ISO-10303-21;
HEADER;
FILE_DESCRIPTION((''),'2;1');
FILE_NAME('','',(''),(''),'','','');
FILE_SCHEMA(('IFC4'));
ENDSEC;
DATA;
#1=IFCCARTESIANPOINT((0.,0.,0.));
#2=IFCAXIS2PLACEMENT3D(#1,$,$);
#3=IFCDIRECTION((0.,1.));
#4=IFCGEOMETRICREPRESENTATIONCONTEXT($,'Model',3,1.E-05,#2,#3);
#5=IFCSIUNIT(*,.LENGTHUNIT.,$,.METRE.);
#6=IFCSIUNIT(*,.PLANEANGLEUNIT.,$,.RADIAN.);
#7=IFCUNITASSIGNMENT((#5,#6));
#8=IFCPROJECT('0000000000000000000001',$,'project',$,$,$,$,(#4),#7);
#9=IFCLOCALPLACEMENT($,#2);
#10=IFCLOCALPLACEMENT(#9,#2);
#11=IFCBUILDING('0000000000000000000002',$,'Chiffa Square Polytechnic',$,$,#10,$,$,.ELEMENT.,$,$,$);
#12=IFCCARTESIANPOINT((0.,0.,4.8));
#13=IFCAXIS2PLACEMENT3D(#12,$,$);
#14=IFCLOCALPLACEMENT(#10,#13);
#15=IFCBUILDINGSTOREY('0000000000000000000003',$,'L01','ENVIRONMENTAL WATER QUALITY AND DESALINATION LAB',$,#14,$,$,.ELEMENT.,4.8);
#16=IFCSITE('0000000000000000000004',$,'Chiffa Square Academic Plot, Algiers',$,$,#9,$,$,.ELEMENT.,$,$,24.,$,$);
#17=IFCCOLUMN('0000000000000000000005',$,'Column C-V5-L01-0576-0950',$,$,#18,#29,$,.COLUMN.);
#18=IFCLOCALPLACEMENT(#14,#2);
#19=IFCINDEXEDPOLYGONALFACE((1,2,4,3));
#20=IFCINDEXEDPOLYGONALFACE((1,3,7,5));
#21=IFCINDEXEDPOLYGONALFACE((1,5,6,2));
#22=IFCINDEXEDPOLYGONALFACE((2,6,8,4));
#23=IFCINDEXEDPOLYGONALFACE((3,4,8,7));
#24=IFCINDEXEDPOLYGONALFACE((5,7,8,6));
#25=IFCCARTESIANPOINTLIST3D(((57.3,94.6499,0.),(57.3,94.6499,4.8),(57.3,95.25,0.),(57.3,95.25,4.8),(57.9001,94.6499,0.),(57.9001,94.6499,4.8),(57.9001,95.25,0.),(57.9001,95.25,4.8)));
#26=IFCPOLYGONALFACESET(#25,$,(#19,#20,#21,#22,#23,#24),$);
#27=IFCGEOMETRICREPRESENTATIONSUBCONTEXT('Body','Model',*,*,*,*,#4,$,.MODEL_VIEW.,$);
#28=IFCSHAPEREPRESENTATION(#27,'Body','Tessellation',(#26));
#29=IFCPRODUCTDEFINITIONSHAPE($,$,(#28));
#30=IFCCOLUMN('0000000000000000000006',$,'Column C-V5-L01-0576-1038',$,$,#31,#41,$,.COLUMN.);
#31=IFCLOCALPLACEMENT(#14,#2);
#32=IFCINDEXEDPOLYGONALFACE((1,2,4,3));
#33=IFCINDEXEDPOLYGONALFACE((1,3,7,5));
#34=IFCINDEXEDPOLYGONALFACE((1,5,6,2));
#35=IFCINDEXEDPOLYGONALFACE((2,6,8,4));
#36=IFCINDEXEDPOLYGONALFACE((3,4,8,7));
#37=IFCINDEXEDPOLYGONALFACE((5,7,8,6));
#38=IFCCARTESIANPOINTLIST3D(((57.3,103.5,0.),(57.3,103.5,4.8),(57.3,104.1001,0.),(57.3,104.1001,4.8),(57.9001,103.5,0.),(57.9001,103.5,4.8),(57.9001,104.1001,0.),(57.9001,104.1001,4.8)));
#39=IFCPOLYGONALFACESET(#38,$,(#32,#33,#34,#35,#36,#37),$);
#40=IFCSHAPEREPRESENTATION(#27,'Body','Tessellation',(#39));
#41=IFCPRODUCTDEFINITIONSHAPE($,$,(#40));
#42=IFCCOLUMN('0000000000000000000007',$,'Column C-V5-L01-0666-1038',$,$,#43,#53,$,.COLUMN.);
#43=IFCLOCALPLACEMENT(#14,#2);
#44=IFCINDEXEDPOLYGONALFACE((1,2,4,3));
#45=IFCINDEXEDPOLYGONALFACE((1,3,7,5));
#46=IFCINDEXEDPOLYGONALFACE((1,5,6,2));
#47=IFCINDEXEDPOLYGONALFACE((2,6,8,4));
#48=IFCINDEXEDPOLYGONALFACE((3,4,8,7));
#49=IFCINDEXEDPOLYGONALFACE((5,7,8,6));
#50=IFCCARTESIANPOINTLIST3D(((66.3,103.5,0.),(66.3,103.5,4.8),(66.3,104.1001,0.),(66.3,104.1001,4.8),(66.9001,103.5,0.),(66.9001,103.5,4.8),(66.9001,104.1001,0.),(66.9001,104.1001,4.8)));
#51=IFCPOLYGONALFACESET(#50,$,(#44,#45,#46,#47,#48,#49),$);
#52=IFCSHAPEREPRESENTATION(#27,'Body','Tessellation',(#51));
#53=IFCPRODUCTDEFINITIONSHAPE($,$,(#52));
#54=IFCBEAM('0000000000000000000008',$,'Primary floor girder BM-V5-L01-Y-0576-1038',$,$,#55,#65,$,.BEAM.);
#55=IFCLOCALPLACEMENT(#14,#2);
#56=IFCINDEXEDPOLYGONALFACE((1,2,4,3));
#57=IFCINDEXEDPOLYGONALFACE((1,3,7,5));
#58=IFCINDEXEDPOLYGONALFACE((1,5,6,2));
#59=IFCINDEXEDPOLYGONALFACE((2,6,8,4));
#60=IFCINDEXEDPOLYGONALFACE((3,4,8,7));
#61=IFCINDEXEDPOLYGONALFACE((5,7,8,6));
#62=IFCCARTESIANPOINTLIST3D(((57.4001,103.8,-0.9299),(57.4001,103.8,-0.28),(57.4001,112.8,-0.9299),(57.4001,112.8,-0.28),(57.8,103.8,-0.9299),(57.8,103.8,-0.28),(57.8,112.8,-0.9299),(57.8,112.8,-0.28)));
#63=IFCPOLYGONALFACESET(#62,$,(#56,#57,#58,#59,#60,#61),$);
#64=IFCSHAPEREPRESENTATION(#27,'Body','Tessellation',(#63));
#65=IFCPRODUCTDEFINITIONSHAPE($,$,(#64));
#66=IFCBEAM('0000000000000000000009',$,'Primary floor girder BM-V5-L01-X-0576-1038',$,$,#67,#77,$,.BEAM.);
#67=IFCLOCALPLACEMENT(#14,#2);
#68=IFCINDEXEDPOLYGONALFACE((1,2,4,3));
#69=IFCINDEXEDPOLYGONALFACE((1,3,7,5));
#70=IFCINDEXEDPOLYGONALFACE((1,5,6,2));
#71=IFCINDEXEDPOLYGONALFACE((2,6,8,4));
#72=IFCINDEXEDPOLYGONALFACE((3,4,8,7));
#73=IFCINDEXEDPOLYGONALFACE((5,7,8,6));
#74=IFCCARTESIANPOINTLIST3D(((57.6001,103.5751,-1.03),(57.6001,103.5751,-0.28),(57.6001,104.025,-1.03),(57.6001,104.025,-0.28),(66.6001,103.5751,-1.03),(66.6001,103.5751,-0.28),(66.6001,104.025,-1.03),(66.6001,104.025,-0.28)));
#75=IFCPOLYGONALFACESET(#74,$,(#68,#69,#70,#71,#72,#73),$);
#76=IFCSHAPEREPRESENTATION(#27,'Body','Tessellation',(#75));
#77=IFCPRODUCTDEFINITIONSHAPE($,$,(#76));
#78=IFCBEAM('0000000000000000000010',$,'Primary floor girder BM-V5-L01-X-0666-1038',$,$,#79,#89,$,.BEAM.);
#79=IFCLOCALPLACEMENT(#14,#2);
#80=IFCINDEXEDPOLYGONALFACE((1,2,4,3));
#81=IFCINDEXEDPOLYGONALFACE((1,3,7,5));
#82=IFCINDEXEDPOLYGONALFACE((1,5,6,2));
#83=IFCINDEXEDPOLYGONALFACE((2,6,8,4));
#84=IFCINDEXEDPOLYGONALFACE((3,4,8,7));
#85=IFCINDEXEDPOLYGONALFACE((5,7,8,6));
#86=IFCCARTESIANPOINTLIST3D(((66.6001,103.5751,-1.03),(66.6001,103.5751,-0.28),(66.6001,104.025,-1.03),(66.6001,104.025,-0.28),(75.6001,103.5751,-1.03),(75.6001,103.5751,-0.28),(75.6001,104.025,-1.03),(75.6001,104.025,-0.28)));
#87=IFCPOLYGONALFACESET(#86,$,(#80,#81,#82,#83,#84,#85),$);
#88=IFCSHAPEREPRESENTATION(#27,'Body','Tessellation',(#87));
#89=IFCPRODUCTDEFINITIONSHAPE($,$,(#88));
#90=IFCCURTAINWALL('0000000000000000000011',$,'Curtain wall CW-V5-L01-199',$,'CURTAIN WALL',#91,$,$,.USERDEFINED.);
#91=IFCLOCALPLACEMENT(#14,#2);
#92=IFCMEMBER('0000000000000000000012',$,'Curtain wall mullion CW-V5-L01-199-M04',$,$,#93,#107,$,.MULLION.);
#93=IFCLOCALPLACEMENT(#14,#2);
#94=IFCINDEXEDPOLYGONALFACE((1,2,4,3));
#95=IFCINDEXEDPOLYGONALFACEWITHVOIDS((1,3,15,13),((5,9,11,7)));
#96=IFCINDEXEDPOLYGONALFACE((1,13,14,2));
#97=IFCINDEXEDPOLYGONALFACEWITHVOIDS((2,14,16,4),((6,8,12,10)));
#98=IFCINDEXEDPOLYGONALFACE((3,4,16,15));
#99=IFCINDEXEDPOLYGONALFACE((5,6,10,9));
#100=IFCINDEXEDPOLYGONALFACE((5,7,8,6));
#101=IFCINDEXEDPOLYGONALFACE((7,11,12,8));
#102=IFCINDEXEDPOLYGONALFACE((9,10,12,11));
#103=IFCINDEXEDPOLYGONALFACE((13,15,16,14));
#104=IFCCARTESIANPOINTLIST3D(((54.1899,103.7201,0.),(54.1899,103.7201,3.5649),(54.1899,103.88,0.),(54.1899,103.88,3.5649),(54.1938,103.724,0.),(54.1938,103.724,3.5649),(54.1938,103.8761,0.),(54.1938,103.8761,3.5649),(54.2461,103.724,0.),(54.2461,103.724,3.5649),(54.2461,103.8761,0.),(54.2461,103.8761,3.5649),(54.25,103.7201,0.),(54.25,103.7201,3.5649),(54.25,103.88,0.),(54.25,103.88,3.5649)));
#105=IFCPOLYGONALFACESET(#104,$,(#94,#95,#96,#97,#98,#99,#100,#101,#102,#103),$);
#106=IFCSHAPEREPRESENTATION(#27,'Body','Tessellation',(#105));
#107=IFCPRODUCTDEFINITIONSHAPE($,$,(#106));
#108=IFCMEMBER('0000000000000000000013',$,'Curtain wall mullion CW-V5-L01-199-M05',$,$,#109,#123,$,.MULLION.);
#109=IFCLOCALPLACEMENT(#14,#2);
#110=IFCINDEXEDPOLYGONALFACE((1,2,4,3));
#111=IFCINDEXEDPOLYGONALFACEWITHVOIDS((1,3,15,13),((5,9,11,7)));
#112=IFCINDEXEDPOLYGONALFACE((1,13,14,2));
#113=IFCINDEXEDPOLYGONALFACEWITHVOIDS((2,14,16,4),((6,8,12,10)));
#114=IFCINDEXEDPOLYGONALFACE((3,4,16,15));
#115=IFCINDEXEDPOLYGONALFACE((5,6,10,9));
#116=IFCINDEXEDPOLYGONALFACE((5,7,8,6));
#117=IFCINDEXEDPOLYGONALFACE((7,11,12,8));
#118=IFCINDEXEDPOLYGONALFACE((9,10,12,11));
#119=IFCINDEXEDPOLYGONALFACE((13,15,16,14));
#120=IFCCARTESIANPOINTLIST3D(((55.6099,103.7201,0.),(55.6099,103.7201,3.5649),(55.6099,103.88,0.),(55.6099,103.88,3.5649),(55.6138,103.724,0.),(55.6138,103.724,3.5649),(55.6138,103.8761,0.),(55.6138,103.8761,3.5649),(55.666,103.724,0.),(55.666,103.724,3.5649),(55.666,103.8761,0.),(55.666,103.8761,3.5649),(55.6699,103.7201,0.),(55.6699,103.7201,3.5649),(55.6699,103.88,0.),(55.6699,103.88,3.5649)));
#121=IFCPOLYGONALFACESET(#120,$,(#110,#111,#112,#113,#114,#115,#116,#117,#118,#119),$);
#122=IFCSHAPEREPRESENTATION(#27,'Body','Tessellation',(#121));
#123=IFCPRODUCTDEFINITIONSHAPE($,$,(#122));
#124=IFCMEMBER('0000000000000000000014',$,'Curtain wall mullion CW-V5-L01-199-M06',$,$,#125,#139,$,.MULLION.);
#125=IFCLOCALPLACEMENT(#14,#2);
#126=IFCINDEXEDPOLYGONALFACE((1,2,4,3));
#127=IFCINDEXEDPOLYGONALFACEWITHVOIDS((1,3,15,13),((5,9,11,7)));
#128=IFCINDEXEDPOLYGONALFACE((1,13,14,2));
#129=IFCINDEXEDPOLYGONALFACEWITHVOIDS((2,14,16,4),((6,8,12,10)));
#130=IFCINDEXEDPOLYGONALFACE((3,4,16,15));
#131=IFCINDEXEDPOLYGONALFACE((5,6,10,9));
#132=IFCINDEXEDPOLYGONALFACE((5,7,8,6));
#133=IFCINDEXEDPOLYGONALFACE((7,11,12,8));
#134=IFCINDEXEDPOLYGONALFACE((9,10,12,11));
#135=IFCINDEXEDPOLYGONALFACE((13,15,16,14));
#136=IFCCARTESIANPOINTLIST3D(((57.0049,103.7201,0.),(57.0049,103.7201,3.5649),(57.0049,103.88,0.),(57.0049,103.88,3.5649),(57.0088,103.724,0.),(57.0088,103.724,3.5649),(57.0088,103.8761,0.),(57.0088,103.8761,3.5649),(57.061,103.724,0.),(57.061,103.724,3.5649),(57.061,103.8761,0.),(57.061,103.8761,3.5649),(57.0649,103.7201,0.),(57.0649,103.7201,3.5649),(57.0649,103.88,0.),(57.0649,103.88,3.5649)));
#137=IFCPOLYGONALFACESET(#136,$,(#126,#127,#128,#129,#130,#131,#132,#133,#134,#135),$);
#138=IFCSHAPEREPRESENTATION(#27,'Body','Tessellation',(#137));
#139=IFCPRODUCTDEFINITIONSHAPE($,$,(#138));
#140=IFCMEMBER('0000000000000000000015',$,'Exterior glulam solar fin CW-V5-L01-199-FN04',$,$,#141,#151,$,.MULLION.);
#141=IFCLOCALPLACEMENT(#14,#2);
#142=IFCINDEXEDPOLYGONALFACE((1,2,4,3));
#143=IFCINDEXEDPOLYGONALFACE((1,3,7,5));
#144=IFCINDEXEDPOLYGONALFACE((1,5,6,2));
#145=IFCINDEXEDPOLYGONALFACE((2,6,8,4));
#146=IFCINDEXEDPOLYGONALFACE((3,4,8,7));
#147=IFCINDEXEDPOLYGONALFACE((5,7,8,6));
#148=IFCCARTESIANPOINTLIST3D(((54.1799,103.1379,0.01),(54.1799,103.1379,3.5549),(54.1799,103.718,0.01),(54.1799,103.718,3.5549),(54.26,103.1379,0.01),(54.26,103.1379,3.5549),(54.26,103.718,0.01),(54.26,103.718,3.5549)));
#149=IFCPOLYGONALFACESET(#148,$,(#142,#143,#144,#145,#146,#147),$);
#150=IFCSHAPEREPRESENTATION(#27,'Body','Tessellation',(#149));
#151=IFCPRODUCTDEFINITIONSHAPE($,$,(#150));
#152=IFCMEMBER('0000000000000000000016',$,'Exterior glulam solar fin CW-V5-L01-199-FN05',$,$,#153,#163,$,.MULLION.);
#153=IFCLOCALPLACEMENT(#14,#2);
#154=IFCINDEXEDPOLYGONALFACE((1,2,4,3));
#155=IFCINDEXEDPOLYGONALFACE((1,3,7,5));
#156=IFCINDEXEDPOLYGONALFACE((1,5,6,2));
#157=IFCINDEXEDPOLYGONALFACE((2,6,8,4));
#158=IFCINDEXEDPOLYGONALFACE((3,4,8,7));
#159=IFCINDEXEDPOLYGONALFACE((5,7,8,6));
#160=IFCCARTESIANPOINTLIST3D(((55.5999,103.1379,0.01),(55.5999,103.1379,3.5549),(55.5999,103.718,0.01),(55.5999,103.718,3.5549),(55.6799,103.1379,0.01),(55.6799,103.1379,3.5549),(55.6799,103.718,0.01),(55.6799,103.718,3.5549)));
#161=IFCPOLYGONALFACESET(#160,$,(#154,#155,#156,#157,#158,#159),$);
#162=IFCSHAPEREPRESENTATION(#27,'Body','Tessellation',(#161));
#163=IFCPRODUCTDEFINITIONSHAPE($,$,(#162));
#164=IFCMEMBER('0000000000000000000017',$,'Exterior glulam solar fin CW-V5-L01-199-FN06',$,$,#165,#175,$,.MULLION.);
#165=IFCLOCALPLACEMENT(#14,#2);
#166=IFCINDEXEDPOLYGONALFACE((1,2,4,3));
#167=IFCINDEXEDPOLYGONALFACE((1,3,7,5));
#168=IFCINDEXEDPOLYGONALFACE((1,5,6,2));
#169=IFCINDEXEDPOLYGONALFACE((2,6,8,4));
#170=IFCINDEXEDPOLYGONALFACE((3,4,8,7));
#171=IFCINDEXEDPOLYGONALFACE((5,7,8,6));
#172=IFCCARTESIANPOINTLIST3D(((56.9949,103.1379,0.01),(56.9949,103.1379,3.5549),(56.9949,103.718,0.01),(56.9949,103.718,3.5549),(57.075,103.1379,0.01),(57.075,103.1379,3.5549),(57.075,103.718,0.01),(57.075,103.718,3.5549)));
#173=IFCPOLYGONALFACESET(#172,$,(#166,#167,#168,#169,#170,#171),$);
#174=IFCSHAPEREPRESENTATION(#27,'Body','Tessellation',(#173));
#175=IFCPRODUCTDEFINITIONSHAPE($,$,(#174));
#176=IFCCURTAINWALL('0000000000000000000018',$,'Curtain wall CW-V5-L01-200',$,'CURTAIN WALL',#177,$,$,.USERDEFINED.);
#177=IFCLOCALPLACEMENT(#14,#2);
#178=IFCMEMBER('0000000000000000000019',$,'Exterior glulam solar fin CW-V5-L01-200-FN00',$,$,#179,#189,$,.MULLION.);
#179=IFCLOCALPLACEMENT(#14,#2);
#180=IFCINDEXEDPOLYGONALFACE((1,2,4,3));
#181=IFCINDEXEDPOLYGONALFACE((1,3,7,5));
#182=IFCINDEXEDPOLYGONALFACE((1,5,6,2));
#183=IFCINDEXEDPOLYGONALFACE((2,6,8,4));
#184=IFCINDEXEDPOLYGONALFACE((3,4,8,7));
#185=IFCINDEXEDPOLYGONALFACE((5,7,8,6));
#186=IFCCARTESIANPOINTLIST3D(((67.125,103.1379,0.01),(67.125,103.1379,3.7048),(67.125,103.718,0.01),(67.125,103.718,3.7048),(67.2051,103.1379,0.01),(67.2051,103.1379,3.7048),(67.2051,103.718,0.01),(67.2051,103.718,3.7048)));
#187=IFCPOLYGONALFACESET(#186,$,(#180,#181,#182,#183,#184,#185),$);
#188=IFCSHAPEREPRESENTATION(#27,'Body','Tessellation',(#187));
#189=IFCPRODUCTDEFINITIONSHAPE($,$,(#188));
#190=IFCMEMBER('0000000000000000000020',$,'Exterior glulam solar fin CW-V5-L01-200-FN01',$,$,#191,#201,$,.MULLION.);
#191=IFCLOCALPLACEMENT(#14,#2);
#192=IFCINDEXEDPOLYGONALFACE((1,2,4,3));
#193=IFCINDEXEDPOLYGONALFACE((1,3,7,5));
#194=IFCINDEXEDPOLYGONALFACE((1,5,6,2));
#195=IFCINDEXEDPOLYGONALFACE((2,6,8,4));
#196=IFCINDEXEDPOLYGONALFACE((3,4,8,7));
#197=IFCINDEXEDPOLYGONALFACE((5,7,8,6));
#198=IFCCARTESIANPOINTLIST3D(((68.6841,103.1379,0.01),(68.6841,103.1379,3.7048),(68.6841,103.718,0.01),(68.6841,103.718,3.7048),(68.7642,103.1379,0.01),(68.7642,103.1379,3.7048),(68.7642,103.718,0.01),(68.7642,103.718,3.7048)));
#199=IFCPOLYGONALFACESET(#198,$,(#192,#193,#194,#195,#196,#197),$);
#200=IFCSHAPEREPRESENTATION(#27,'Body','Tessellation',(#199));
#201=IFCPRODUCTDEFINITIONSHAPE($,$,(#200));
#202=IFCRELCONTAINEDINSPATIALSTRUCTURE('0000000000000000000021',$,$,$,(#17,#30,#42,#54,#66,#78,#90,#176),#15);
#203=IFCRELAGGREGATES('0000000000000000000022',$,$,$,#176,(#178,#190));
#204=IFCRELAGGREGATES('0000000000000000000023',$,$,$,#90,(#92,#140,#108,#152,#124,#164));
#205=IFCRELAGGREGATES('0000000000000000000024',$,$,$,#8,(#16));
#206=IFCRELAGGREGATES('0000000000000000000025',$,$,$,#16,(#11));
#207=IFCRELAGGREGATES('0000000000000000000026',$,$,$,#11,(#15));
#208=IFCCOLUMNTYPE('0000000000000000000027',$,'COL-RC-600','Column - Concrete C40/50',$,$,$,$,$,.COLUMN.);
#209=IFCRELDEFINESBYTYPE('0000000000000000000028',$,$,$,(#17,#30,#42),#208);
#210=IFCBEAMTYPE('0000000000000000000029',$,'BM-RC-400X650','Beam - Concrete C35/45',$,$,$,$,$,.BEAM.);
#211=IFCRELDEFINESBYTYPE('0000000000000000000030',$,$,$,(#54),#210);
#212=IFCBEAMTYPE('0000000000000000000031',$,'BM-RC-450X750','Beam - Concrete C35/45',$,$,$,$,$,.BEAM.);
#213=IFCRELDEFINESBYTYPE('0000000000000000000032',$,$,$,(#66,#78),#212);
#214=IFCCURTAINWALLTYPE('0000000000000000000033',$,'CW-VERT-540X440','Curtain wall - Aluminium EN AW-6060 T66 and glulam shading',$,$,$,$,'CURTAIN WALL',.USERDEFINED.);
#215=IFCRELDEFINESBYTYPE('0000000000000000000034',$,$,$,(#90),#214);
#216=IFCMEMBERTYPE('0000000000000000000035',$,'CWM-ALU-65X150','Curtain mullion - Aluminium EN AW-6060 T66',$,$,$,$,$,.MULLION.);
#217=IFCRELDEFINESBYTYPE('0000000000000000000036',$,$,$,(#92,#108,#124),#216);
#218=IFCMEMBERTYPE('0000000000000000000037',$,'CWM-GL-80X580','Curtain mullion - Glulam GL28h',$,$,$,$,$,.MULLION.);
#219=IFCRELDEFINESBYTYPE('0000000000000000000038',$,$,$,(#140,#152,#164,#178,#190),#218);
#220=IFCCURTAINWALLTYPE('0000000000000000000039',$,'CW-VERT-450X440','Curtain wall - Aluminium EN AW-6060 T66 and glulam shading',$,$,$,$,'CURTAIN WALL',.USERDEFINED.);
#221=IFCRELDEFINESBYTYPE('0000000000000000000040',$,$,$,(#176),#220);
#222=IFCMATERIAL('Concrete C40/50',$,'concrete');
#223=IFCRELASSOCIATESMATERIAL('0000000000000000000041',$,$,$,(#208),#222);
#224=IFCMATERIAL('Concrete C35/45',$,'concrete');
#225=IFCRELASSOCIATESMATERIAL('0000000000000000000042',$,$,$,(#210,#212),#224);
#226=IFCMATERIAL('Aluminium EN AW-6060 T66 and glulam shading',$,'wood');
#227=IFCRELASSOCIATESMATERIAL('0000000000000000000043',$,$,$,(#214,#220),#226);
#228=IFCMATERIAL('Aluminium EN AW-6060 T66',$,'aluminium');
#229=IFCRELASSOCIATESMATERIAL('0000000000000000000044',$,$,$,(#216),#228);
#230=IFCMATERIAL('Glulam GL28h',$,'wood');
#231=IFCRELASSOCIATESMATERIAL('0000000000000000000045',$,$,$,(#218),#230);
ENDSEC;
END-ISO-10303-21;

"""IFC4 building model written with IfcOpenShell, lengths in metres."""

from ifc_helpers import new_model, si_unit, direction, frame, origin, origin_2d, place, context, subcontext, project, spatial, rectangle, hollow_rectangle, extrude, material, material_profile, profile_set, type_object, element, aggregate, save


model = new_model("IFC4")

# Units and contexts
model_context = context("Model", 3, precision=1e-05, world=origin(), true_north=direction((0.0, 1.0)))
body_context = subcontext(model_context, "Body", "Model", "MODEL_VIEW")
ifc_project = project(units=[si_unit("LENGTHUNIT", "METRE"), si_unit("PLANEANGLEUNIT", "RADIAN")], contexts=[model_context])

# Site, building, storey
site_placement = place(None, origin())
site = spatial("IfcSite", under=ifc_project, at=site_placement, Name="Chiffa Square Academic Plot, Algiers", CompositionType="ELEMENT", RefElevation=24.0)
building_placement = place(site_placement, origin())
building = spatial("IfcBuilding", under=site, at=building_placement, Name="Chiffa Square Polytechnic", CompositionType="ELEMENT")
storey_placement = place(building_placement, frame((0.0, 0.0, 4.8)))
storey = spatial("IfcBuildingStorey", under=building, at=storey_placement, Name="L01", Description="ENVIRONMENTAL WATER QUALITY AND DESALINATION LAB", CompositionType="ELEMENT", Elevation=4.8)

# Columns
ifc_material_1 = material(Name="Concrete C40/50", Category="concrete")
ifc_material_profile_1 = material_profile(ifc_material_1, rectangle(XDim=0.6001, YDim=0.6001, at=origin_2d()), Name="RC 600x600")
ifc_profile_set_1 = profile_set([ifc_material_profile_1], Name="Concrete C40/50")
column_type = type_object("IfcColumnType", Name="COL-RC-600", Description="Column - Concrete C40/50", PredefinedType="COLUMN", material=ifc_profile_set_1)
for number, where, z_axis, x_axis, name in (
    (1, (57.6001, 94.95, 0.0), (0.0, 0.0, 1.0), (1.0, 0.0, 0.0), "Column C-V5-L01-0576-0950"),
    (2, (57.6001, 103.8, 0.0), (0.0, 0.0, 1.0), (1.0, 0.0, 0.0), "Column C-V5-L01-0576-1038"),
    (3, (66.6001, 103.8, 0.0), (0.0, 0.0, 1.0), (1.0, 0.0, 0.0), "Column C-V5-L01-0666-1038"),
):
    element("IfcColumn", number, at=place(storey_placement, frame(where, z_axis=z_axis, x_axis=x_axis)), inside=storey, type_object=column_type, Name=name, PredefinedType="COLUMN", context=body_context, shape_type="SweptSolid", body=[
        extrude(rectangle(XDim=0.6001, YDim=0.6001, at=origin_2d()), origin(), (0.0, 0.0, 1.0), 4.8),
    ])

# Beams
ifc_material_2 = material(Name="Concrete C35/45", Category="concrete")
ifc_material_profile_2 = material_profile(ifc_material_2, rectangle(XDim=0.3999, YDim=0.6499, at=origin_2d()), Name="RC 400x650")
ifc_profile_set_2 = profile_set([ifc_material_profile_2], Name="Concrete C35/45")
beam_type_1 = type_object("IfcBeamType", Name="BM-RC-400X650", Description="Beam - Concrete C35/45", PredefinedType="BEAM", material=ifc_profile_set_2)
beam_placement = place(storey_placement, frame((57.6001, 103.8, -0.605), z_axis=(0.0, 1.0, 0.0), x_axis=(-1.0, 0.0, 0.0)))
element("IfcBeam", 4, at=beam_placement, inside=storey, type_object=beam_type_1, Name="Primary floor girder BM-V5-L01-Y-0576-1038", PredefinedType="BEAM", context=body_context, shape_type="SweptSolid", body=[
    extrude(rectangle(XDim=0.3999, YDim=0.6499, at=origin_2d()), origin(), (0.0, 0.0, 1.0), 9.0),
])
ifc_material_profile_3 = material_profile(ifc_material_2, rectangle(XDim=0.45, YDim=0.75, at=origin_2d()), Name="RC 450x750")
ifc_profile_set_3 = profile_set([ifc_material_profile_3], Name="Concrete C35/45")
beam_type_2 = type_object("IfcBeamType", Name="BM-RC-450X750", Description="Beam - Concrete C35/45", PredefinedType="BEAM", material=ifc_profile_set_3)
for number, where, z_axis, x_axis, name in (
    (5, (57.6001, 103.8, -0.655), (1.0, 0.0, 0.0), (0.0, 1.0, 0.0), "Primary floor girder BM-V5-L01-X-0576-1038"),
    (6, (66.6001, 103.8, -0.655), (1.0, 0.0, 0.0), (0.0, 1.0, 0.0), "Primary floor girder BM-V5-L01-X-0666-1038"),
):
    element("IfcBeam", number, at=place(storey_placement, frame(where, z_axis=z_axis, x_axis=x_axis)), inside=storey, type_object=beam_type_2, Name=name, PredefinedType="BEAM", context=body_context, shape_type="SweptSolid", body=[
        extrude(rectangle(XDim=0.45, YDim=0.75, at=origin_2d()), origin(), (0.0, 0.0, 1.0), 9.0),
    ])

# Curtain walls, members
ifc_material_3 = material(Name="Aluminium EN AW-6060 T66 and glulam shading", Category="wood")
curtain_wall_type_1 = type_object("IfcCurtainWallType", Name="CW-VERT-540X440", Description="Curtain wall - Aluminium EN AW-6060 T66 and glulam shading", ElementType="CURTAIN WALL", PredefinedType="USERDEFINED", material=ifc_material_3)
curtain_wall_1_placement = place(storey_placement, origin())
curtain_wall_1 = element("IfcCurtainWall", 7, at=curtain_wall_1_placement, inside=storey, type_object=curtain_wall_type_1, Name="Curtain wall CW-V5-L01-199", ObjectType="CURTAIN WALL", PredefinedType="USERDEFINED")
ifc_material_4 = material(Name="Aluminium EN AW-6060 T66", Category="aluminium")
ifc_material_profile_4 = material_profile(ifc_material_4, hollow_rectangle(XDim=0.0601, YDim=0.1599, WallThickness=0.0039, at=origin_2d()), Name="ALU 60x160x4")
ifc_profile_set_4 = profile_set([ifc_material_profile_4], Name="Aluminium EN AW-6060 T66")
member_type_1 = type_object("IfcMemberType", Name="CWM-ALU-65X150", Description="Curtain mullion - Aluminium EN AW-6060 T66", PredefinedType="MULLION", material=ifc_profile_set_4)
member_1_placement = place(storey_placement, frame((54.22, 103.8, 0.0), z_axis=(0.0, 0.0, 1.0), x_axis=(1.0, 0.0, 0.0)))
member_1 = element("IfcMember", 8, at=member_1_placement, type_object=member_type_1, Name="Curtain wall mullion CW-V5-L01-199-M04", PredefinedType="MULLION", context=body_context, shape_type="SweptSolid", body=[
    extrude(hollow_rectangle(XDim=0.0601, YDim=0.1599, WallThickness=0.0039, at=origin_2d()), origin(), (0.0, 0.0, 1.0), 3.5649),
])
member_2_placement = place(storey_placement, frame((55.6399, 103.8, 0.0), z_axis=(0.0, 0.0, 1.0), x_axis=(1.0, 0.0, 0.0)))
member_2 = element("IfcMember", 9, at=member_2_placement, type_object=member_type_1, Name="Curtain wall mullion CW-V5-L01-199-M05", PredefinedType="MULLION", context=body_context, shape_type="SweptSolid", body=[
    extrude(hollow_rectangle(XDim=0.0601, YDim=0.1599, WallThickness=0.0039, at=origin_2d()), origin(), (0.0, 0.0, 1.0), 3.5649),
])
member_3_placement = place(storey_placement, frame((57.0349, 103.8, 0.0), z_axis=(0.0, 0.0, 1.0), x_axis=(1.0, 0.0, 0.0)))
member_3 = element("IfcMember", 10, at=member_3_placement, type_object=member_type_1, Name="Curtain wall mullion CW-V5-L01-199-M06", PredefinedType="MULLION", context=body_context, shape_type="SweptSolid", body=[
    extrude(hollow_rectangle(XDim=0.0601, YDim=0.1599, WallThickness=0.0039, at=origin_2d()), origin(), (0.0, 0.0, 1.0), 3.5649),
])
ifc_material_5 = material(Name="Glulam GL28h", Category="wood")
ifc_material_profile_5 = material_profile(ifc_material_5, rectangle(XDim=0.0801, YDim=0.5801, at=origin_2d()), Name="GL28h 80x580")
ifc_profile_set_5 = profile_set([ifc_material_profile_5], Name="Glulam GL28h")
member_type_2 = type_object("IfcMemberType", Name="CWM-GL-80X580", Description="Curtain mullion - Glulam GL28h", PredefinedType="MULLION", material=ifc_profile_set_5)
member_4_placement = place(storey_placement, frame((54.22, 103.428, 0.01), z_axis=(0.0, 0.0, 1.0), x_axis=(1.0, 0.0, 0.0)))
member_4 = element("IfcMember", 11, at=member_4_placement, type_object=member_type_2, Name="Exterior glulam solar fin CW-V5-L01-199-FN04", PredefinedType="MULLION", context=body_context, shape_type="SweptSolid", body=[
    extrude(rectangle(XDim=0.0801, YDim=0.5801, at=origin_2d()), origin(), (0.0, 0.0, 1.0), 3.5449),
])
member_5_placement = place(storey_placement, frame((55.6399, 103.428, 0.01), z_axis=(0.0, 0.0, 1.0), x_axis=(1.0, 0.0, 0.0)))
member_5 = element("IfcMember", 12, at=member_5_placement, type_object=member_type_2, Name="Exterior glulam solar fin CW-V5-L01-199-FN05", PredefinedType="MULLION", context=body_context, shape_type="SweptSolid", body=[
    extrude(rectangle(XDim=0.0801, YDim=0.5801, at=origin_2d()), origin(), (0.0, 0.0, 1.0), 3.5449),
])
member_6_placement = place(storey_placement, frame((57.0349, 103.428, 0.01), z_axis=(0.0, 0.0, 1.0), x_axis=(1.0, 0.0, 0.0)))
member_6 = element("IfcMember", 13, at=member_6_placement, type_object=member_type_2, Name="Exterior glulam solar fin CW-V5-L01-199-FN06", PredefinedType="MULLION", context=body_context, shape_type="SweptSolid", body=[
    extrude(rectangle(XDim=0.0801, YDim=0.5801, at=origin_2d()), origin(), (0.0, 0.0, 1.0), 3.5449),
])
curtain_wall_type_2 = type_object("IfcCurtainWallType", Name="CW-VERT-450X440", Description="Curtain wall - Aluminium EN AW-6060 T66 and glulam shading", ElementType="CURTAIN WALL", PredefinedType="USERDEFINED", material=ifc_material_3)
curtain_wall_2_placement = place(storey_placement, origin())
curtain_wall_2 = element("IfcCurtainWall", 14, at=curtain_wall_2_placement, inside=storey, type_object=curtain_wall_type_2, Name="Curtain wall CW-V5-L01-200", ObjectType="CURTAIN WALL", PredefinedType="USERDEFINED")
member_7_placement = place(storey_placement, frame((67.165, 103.428, 0.01), z_axis=(0.0, 0.0, 1.0), x_axis=(1.0, 0.0, 0.0)))
member_7 = element("IfcMember", 15, at=member_7_placement, type_object=member_type_2, Name="Exterior glulam solar fin CW-V5-L01-200-FN00", PredefinedType="MULLION", context=body_context, shape_type="SweptSolid", body=[
    extrude(rectangle(XDim=0.0801, YDim=0.5801, at=origin_2d()), origin(), (0.0, 0.0, 1.0), 3.6948),
])
member_8_placement = place(storey_placement, frame((68.7241, 103.428, 0.01), z_axis=(0.0, 0.0, 1.0), x_axis=(1.0, 0.0, 0.0)))
member_8 = element("IfcMember", 16, at=member_8_placement, type_object=member_type_2, Name="Exterior glulam solar fin CW-V5-L01-200-FN01", PredefinedType="MULLION", context=body_context, shape_type="SweptSolid", body=[
    extrude(rectangle(XDim=0.0801, YDim=0.5801, at=origin_2d()), origin(), (0.0, 0.0, 1.0), 3.6948),
])
aggregate(curtain_wall_2, [member_7, member_8])

aggregate(curtain_wall_1, [member_1, member_4, member_2, member_5, member_3, member_6])

save(model, "model.ifc")
